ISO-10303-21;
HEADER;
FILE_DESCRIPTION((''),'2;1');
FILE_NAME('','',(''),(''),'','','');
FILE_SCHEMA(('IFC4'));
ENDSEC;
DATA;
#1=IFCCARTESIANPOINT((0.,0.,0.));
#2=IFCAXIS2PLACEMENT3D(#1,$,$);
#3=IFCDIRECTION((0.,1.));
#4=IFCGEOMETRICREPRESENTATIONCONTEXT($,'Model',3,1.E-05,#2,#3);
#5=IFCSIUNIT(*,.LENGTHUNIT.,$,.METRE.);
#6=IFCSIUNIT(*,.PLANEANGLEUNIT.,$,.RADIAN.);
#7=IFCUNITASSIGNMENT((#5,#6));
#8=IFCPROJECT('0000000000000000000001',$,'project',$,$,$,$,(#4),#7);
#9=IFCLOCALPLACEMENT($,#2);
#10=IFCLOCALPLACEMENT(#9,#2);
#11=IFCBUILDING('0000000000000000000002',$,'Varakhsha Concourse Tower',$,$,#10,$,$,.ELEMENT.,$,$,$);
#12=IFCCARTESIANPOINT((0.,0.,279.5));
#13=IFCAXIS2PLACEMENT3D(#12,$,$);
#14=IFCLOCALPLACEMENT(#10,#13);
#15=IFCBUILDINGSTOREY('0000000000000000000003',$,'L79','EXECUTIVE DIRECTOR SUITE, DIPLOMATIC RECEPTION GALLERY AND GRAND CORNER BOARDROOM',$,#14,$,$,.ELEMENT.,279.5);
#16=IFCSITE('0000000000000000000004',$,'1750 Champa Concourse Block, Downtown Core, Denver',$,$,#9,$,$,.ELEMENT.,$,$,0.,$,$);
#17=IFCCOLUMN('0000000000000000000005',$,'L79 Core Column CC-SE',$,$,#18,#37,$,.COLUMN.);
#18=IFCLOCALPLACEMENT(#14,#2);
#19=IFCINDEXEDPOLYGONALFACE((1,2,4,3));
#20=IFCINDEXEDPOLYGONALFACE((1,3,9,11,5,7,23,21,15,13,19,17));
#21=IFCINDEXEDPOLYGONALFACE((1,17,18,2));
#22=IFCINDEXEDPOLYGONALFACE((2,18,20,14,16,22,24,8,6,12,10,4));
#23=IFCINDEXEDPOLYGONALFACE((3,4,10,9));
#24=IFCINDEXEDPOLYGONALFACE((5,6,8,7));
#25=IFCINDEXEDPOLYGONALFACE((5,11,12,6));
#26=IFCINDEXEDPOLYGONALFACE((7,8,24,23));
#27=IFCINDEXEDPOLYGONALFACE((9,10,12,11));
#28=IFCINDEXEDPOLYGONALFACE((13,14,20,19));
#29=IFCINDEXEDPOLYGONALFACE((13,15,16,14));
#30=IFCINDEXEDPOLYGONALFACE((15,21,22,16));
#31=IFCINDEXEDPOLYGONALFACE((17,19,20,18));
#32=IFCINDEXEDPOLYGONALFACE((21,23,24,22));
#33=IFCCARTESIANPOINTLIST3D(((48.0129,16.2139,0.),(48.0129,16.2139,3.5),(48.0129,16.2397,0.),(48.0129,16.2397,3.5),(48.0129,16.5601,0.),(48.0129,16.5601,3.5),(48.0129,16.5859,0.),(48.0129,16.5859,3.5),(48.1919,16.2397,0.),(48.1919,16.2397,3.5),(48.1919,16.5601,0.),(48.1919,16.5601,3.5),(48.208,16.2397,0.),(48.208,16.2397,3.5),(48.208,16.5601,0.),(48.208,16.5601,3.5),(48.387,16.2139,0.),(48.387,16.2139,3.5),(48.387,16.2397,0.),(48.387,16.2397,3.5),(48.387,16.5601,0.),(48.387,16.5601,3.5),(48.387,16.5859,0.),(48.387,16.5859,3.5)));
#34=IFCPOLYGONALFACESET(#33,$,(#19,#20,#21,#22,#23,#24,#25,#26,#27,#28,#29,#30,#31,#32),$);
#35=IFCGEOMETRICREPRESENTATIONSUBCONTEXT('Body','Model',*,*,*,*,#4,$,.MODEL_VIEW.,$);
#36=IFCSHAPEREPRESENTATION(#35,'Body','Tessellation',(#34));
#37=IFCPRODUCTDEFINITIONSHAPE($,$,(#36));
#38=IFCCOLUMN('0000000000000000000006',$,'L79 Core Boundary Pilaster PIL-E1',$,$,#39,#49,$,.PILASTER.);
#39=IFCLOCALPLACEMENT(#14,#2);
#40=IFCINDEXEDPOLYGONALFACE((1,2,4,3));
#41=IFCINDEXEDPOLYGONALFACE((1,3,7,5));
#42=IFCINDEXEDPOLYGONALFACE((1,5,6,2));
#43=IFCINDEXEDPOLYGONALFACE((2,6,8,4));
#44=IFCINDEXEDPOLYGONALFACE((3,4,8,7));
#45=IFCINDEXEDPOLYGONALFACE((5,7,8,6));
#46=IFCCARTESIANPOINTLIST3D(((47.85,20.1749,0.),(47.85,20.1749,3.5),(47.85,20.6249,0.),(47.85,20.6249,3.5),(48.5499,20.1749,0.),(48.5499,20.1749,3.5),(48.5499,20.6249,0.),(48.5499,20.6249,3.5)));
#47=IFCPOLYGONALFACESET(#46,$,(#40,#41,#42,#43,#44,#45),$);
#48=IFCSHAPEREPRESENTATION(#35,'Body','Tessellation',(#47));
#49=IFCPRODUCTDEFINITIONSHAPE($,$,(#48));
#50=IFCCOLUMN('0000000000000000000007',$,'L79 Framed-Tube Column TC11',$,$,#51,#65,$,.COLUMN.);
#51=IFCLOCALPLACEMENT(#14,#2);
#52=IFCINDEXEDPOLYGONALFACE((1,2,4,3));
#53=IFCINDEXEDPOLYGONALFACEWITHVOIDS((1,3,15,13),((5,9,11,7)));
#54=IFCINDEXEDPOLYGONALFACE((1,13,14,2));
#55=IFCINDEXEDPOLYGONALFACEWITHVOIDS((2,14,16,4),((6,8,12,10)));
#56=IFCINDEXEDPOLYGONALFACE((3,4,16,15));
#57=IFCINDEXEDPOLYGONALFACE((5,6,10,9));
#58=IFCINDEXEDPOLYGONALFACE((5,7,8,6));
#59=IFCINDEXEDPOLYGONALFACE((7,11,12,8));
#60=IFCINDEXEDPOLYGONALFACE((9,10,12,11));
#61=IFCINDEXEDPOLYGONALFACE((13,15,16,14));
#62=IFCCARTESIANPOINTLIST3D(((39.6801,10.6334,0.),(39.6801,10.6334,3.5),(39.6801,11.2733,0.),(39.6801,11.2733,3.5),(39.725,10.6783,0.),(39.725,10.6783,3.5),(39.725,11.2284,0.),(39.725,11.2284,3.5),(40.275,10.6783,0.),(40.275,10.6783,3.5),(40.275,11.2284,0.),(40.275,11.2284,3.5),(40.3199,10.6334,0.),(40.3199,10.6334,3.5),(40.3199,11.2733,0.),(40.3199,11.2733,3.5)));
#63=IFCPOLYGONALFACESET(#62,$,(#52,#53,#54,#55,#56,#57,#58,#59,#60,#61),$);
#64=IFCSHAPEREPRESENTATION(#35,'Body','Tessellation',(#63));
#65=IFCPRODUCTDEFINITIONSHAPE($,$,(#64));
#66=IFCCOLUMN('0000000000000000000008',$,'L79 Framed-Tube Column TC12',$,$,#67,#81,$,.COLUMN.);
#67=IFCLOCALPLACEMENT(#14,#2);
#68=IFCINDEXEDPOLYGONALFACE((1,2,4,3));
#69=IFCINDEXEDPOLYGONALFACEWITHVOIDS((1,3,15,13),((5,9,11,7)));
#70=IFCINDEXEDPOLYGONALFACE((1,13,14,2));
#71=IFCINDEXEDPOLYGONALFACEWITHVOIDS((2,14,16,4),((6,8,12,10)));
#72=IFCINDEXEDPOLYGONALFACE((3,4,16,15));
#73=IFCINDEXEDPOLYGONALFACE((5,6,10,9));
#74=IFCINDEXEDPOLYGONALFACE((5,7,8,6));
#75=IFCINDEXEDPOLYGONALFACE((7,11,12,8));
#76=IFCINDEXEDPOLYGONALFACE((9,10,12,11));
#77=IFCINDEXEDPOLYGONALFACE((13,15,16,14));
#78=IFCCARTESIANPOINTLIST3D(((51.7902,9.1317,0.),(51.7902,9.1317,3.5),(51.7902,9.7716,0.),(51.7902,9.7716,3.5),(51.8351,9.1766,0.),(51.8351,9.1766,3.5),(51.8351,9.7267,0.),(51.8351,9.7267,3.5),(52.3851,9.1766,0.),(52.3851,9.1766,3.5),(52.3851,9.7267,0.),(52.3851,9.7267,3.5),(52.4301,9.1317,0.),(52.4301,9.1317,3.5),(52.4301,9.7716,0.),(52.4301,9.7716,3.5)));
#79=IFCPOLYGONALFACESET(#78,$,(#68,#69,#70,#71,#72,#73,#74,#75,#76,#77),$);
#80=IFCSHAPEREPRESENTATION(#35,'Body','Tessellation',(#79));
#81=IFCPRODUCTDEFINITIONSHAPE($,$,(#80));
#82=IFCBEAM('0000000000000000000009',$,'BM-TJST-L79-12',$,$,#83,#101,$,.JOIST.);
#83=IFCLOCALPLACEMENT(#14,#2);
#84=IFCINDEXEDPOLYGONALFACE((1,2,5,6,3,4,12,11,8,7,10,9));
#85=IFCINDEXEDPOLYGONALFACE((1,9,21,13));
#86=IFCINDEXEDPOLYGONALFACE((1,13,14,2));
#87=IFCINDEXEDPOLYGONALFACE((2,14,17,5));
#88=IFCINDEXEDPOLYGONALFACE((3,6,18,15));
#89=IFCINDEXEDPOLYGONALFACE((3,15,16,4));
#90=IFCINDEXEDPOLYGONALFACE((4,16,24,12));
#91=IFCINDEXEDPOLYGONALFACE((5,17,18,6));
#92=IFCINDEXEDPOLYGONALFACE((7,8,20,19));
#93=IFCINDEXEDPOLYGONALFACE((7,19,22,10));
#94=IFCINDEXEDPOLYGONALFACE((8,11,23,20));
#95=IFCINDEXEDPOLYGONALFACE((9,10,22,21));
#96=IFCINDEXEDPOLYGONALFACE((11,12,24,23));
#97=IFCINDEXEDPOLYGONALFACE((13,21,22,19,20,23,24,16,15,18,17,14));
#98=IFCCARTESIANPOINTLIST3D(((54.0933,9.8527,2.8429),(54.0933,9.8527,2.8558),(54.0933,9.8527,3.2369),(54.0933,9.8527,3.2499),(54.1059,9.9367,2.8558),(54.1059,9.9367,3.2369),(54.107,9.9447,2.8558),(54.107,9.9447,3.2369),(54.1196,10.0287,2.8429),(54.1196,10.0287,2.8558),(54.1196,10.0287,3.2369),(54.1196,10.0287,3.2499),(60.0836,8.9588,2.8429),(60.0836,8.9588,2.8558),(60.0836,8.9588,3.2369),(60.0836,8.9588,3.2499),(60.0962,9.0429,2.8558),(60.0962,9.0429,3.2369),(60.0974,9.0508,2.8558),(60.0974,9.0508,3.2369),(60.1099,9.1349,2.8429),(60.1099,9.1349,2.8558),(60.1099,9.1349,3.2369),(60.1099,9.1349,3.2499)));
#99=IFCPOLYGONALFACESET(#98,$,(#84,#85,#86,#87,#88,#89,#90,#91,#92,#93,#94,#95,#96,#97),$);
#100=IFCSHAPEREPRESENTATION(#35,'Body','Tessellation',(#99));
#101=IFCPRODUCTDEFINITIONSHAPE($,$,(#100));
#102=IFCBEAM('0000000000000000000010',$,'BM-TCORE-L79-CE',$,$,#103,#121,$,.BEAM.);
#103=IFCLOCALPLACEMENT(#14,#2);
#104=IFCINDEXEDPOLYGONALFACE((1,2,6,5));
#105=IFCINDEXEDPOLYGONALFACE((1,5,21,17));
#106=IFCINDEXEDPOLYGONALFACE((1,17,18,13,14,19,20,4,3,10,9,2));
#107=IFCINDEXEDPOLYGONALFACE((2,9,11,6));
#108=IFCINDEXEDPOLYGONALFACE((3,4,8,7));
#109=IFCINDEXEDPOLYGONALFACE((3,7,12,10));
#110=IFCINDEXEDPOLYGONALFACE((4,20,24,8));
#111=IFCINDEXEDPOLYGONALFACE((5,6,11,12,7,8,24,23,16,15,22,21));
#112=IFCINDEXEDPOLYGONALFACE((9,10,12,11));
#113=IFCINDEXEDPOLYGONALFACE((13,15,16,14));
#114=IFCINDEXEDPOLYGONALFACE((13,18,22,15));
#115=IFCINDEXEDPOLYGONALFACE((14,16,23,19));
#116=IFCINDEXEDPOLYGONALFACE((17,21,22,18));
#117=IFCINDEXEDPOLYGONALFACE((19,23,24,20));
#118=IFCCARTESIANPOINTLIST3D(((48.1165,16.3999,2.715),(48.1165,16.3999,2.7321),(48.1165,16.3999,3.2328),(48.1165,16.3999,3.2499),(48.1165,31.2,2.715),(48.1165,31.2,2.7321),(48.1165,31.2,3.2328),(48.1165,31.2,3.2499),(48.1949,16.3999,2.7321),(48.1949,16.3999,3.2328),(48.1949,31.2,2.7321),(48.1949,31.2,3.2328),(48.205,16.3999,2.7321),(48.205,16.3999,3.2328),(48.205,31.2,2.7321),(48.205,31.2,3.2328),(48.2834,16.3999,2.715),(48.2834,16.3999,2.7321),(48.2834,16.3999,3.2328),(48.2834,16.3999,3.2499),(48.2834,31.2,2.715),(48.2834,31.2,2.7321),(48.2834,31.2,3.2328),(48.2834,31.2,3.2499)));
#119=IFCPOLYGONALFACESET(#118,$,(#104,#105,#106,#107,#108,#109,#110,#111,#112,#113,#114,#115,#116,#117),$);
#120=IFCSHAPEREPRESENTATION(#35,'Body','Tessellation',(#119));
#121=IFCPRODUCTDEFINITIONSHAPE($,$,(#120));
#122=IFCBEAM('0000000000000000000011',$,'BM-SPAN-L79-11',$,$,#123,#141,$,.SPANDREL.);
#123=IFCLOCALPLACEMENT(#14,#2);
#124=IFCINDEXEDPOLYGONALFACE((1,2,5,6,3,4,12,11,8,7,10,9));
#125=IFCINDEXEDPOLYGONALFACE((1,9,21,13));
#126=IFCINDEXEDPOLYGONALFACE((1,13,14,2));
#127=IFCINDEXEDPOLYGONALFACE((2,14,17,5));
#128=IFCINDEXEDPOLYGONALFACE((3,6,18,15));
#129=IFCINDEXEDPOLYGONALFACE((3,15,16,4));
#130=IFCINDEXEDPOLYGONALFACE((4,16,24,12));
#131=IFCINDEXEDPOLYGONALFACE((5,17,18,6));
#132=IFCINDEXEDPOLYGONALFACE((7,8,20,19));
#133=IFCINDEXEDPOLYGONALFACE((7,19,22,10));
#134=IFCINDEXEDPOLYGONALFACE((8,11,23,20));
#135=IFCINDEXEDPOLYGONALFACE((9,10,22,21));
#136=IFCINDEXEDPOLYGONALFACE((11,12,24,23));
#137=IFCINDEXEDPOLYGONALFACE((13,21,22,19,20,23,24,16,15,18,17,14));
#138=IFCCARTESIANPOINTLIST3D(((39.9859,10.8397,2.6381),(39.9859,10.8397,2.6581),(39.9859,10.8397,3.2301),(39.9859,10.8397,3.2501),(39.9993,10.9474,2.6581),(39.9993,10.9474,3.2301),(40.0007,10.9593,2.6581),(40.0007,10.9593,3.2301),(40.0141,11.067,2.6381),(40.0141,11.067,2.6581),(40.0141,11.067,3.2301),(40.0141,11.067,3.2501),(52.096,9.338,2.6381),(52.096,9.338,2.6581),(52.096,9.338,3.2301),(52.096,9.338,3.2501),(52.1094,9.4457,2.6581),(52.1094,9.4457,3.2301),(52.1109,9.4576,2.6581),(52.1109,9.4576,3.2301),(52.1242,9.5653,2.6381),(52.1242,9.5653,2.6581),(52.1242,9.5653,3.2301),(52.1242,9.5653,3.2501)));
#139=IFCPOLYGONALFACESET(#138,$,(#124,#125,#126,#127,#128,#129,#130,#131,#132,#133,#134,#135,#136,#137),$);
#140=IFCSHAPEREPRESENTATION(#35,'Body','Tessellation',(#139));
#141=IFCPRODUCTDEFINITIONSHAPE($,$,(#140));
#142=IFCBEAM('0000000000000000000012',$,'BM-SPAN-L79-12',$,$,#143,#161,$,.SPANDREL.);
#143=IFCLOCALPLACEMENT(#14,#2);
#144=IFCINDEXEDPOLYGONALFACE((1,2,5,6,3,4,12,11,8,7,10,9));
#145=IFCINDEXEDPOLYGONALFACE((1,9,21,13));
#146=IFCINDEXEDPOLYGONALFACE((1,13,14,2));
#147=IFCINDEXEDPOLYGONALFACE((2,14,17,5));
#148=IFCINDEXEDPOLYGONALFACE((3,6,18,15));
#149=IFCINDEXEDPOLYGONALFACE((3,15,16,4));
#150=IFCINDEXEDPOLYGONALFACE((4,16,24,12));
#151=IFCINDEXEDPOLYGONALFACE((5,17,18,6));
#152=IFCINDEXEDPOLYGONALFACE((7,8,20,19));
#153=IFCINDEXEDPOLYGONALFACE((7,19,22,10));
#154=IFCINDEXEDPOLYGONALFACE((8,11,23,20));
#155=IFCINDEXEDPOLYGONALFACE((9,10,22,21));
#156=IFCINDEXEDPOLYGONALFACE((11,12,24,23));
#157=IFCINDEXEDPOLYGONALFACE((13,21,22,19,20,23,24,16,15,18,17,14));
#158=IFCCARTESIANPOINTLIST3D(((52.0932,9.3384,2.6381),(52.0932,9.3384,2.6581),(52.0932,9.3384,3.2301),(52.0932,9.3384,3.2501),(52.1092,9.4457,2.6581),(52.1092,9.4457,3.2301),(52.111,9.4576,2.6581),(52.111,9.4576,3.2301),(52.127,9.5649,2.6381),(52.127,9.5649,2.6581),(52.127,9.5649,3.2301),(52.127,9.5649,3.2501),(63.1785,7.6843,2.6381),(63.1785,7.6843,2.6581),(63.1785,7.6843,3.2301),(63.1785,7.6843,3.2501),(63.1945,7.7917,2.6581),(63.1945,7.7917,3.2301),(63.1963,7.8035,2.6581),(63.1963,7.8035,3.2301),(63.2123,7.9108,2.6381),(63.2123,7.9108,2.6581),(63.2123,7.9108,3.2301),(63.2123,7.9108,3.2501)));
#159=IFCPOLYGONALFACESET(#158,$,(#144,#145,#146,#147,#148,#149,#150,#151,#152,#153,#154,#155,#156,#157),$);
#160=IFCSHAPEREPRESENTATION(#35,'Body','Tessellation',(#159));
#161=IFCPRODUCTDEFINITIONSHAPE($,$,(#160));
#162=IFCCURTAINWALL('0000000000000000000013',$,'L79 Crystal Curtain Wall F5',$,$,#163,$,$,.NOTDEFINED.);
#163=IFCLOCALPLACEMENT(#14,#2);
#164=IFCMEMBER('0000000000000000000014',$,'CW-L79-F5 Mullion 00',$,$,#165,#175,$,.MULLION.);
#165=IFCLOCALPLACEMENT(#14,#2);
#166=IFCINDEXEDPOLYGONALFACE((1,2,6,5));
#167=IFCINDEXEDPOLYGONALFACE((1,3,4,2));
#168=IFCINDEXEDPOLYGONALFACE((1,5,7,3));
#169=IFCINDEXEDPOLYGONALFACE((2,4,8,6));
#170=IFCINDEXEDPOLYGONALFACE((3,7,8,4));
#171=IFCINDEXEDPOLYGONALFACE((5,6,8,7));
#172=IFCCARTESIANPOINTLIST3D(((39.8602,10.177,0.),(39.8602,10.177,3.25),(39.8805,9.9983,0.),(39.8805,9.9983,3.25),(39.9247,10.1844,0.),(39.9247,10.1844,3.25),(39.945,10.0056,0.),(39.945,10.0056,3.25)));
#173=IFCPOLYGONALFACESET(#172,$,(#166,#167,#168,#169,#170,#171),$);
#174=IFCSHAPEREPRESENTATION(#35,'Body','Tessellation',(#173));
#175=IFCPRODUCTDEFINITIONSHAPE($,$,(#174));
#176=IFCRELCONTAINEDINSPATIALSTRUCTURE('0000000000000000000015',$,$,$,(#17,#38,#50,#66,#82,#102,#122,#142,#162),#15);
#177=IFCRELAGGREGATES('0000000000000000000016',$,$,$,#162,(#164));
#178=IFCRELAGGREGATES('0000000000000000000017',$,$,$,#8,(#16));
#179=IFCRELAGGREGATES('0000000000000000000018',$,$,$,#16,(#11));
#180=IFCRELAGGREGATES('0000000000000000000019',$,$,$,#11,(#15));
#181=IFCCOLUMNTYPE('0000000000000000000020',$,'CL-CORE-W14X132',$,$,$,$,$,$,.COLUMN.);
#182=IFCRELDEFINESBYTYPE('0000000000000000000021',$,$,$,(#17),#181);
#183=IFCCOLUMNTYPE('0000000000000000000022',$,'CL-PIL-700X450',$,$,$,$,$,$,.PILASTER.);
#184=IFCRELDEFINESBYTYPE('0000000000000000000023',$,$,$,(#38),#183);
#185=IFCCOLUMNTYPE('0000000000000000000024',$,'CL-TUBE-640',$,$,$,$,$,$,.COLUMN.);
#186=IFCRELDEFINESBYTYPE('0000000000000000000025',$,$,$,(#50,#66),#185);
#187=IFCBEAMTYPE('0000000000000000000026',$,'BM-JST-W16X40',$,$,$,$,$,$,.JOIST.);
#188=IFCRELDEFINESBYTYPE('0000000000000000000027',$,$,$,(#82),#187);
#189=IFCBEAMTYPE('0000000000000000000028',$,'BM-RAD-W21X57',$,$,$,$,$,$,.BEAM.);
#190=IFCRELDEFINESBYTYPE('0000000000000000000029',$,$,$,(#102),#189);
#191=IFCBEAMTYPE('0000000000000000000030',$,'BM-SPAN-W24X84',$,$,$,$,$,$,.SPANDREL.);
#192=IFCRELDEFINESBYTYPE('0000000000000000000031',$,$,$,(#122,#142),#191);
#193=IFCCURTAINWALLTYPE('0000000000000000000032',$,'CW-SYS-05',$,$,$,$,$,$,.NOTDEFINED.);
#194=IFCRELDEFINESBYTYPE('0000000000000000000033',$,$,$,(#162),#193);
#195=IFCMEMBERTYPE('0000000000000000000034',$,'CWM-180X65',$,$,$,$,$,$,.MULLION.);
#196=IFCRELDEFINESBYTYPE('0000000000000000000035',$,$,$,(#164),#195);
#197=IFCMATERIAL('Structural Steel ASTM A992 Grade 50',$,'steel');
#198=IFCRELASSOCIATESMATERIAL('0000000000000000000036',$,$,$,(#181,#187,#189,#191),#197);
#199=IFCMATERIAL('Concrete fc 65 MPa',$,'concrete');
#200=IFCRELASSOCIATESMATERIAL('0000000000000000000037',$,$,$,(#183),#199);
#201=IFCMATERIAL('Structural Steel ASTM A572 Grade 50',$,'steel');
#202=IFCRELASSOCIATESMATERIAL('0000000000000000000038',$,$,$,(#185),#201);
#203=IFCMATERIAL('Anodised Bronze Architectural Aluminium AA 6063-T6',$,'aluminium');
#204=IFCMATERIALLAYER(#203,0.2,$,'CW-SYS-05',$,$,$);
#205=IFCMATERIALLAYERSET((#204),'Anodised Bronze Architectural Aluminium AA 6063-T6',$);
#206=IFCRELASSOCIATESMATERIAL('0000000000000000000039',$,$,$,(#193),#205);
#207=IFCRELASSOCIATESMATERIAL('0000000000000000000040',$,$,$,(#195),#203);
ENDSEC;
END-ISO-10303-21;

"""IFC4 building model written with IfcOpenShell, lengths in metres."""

from ifc_helpers import new_model, si_unit, direction, frame, origin, origin_2d, place, context, subcontext, project, spatial, rectangle, hollow_rectangle, i_section, extrude, source, transform, mapped, material, layer, layer_set, material_profile, profile_set, type_object, type_shapes, element, aggregate, save


model = new_model("IFC4")

# Units and contexts
model_context = context("Model", 3, precision=1e-05, world=origin(), true_north=direction((0.0, 1.0)))
body_context = subcontext(model_context, "Body", "Model", "MODEL_VIEW")
ifc_project = project(units=[si_unit("LENGTHUNIT", "METRE"), si_unit("PLANEANGLEUNIT", "RADIAN")], contexts=[model_context])

# Site, building, storey
site_placement = place(None, origin())
site = spatial("IfcSite", under=ifc_project, at=site_placement, Name="1750 Champa Concourse Block, Downtown Core, Denver", CompositionType="ELEMENT", RefElevation=0.0)
building_placement = place(site_placement, origin())
building = spatial("IfcBuilding", under=site, at=building_placement, Name="Varakhsha Concourse Tower", CompositionType="ELEMENT")
storey_placement = place(building_placement, frame((0.0, 0.0, 279.5)))
storey = spatial("IfcBuildingStorey", under=building, at=storey_placement, Name="L79", Description="EXECUTIVE DIRECTOR SUITE, DIPLOMATIC RECEPTION GALLERY AND GRAND CORNER BOARDROOM", CompositionType="ELEMENT", Elevation=279.5)

# Columns
ifc_material_1 = material(Name="Structural Steel ASTM A992 Grade 50", Category="steel")
ifc_material_profile_1 = material_profile(ifc_material_1, i_section(OverallWidth=0.374, OverallDepth=0.3721, WebThickness=0.0161, FlangeThickness=0.0259, at=origin_2d()), Name="W14X132")
ifc_profile_set_1 = profile_set([ifc_material_profile_1], Name="Structural Steel ASTM A992 Grade 50")
column_type_1 = type_object("IfcColumnType", Name="CL-CORE-W14X132", PredefinedType="COLUMN", material=ifc_profile_set_1)
column_1_placement = place(storey_placement, frame((48.2, 16.3999, 0.0), z_axis=(0.0, 0.0, 1.0), x_axis=(1.0, 0.0, 0.0)))
element("IfcColumn", 1, at=column_1_placement, inside=storey, type_object=column_type_1, Name="L79 Core Column CC-SE", PredefinedType="COLUMN", context=body_context, shape_type="SweptSolid", body=[
    extrude(i_section(OverallWidth=0.374, OverallDepth=0.3721, WebThickness=0.0161, FlangeThickness=0.0259, at=origin_2d()), origin(), (0.0, 0.0, 1.0), 3.5),
])
ifc_material_2 = material(Name="Concrete fc 65 MPa", Category="concrete")
ifc_material_profile_2 = material_profile(ifc_material_2, rectangle(XDim=0.7, YDim=0.45, at=origin_2d()), Name="RC 700x450")
ifc_profile_set_2 = profile_set([ifc_material_profile_2], Name="Concrete fc 65 MPa")
column_type_2 = type_object("IfcColumnType", Name="CL-PIL-700X450", PredefinedType="PILASTER", material=ifc_profile_set_2)
column_2_placement = place(storey_placement, frame((48.2, 20.3999, 0.0), z_axis=(0.0, 0.0, 1.0), x_axis=(1.0, 0.0, 0.0)))
element("IfcColumn", 2, at=column_2_placement, inside=storey, type_object=column_type_2, Name="L79 Core Boundary Pilaster PIL-E1", PredefinedType="PILASTER", context=body_context, shape_type="SweptSolid", body=[
    extrude(rectangle(XDim=0.7, YDim=0.45, at=origin_2d()), origin(), (0.0, 0.0, 1.0), 3.5),
])
ifc_material_3 = material(Name="Structural Steel ASTM A572 Grade 50", Category="steel")
ifc_material_profile_3 = material_profile(ifc_material_3, hollow_rectangle(XDim=0.6399, YDim=0.6399, WallThickness=0.0449, at=origin_2d()), Name="BOX 640x640x45")
ifc_profile_set_3 = profile_set([ifc_material_profile_3], Name="Structural Steel ASTM A572 Grade 50")
column_type_3 = type_object("IfcColumnType", Name="CL-TUBE-640", PredefinedType="COLUMN", material=ifc_profile_set_3)
for number, where, z_axis, x_axis, name in (
    (3, (40.0, 10.9534, 0.0), (0.0, 0.0, 1.0), (1.0, 0.0, 0.0), "L79 Framed-Tube Column TC11"),
    (4, (52.1101, 9.4517, 0.0), (0.0, 0.0, 1.0), (1.0, 0.0, 0.0), "L79 Framed-Tube Column TC12"),
):
    element("IfcColumn", number, at=place(storey_placement, frame(where, z_axis=z_axis, x_axis=x_axis)), inside=storey, type_object=column_type_3, Name=name, PredefinedType="COLUMN", context=body_context, shape_type="SweptSolid", body=[
        extrude(hollow_rectangle(XDim=0.6399, YDim=0.6399, WallThickness=0.0449, at=origin_2d()), origin(), (0.0, 0.0, 1.0), 3.5),
    ])

# Beams
ifc_material_profile_4 = material_profile(ifc_material_1, i_section(OverallWidth=0.178, OverallDepth=0.407, WebThickness=0.0081, FlangeThickness=0.0129, at=origin_2d()), Name="W16X40")
ifc_profile_set_4 = profile_set([ifc_material_profile_4], Name="Structural Steel ASTM A992 Grade 50")
beam_type_1 = type_object("IfcBeamType", Name="BM-JST-W16X40", PredefinedType="JOIST", material=ifc_profile_set_4)
beam_1_placement = place(storey_placement, frame((54.1064, 9.9407, 3.0464), z_axis=(0.989051, -0.147576, 0.0), x_axis=(0.147576, 0.989051, 0.0)))
element("IfcBeam", 5, at=beam_1_placement, inside=storey, type_object=beam_type_1, Name="BM-TJST-L79-12", PredefinedType="JOIST", context=body_context, shape_type="SweptSolid", body=[
    extrude(i_section(OverallWidth=0.178, OverallDepth=0.407, WebThickness=0.0081, FlangeThickness=0.0129, at=origin_2d()), origin(), (0.0, 0.0, 1.0), 6.0566),
])
ifc_material_profile_5 = material_profile(ifc_material_1, i_section(OverallWidth=0.167, OverallDepth=0.5349, WebThickness=0.01, FlangeThickness=0.0171, at=origin_2d()), Name="W21X57")
ifc_profile_set_5 = profile_set([ifc_material_profile_5], Name="Structural Steel ASTM A992 Grade 50")
beam_type_2 = type_object("IfcBeamType", Name="BM-RAD-W21X57", PredefinedType="BEAM", material=ifc_profile_set_5)
beam_2_placement = place(storey_placement, frame((48.2, 16.3999, 2.9824), z_axis=(0.0, 1.0, 0.0), x_axis=(-1.0, 0.0, 0.0)))
element("IfcBeam", 6, at=beam_2_placement, inside=storey, type_object=beam_type_2, Name="BM-TCORE-L79-CE", PredefinedType="BEAM", context=body_context, shape_type="SweptSolid", body=[
    extrude(i_section(OverallWidth=0.167, OverallDepth=0.5349, WebThickness=0.01, FlangeThickness=0.0171, at=origin_2d()), origin(), (0.0, 0.0, 1.0), 14.8),
])
ifc_material_profile_6 = material_profile(ifc_material_1, i_section(OverallWidth=0.229, OverallDepth=0.6121, WebThickness=0.012, FlangeThickness=0.02, at=origin_2d()), Name="W24X84")
ifc_profile_set_6 = profile_set([ifc_material_profile_6], Name="Structural Steel ASTM A992 Grade 50")
beam_type_3 = type_object("IfcBeamType", Name="BM-SPAN-W24X84", PredefinedType="SPANDREL", material=ifc_profile_set_6)
beam_3_placement = place(storey_placement, frame((40.0, 10.9534, 2.9441), z_axis=(0.992399, -0.123062, 0.0), x_axis=(0.123062, 0.992399, 0.0)))
element("IfcBeam", 7, at=beam_3_placement, inside=storey, type_object=beam_type_3, Name="BM-SPAN-L79-11", PredefinedType="SPANDREL", context=body_context, shape_type="SweptSolid", body=[
    extrude(i_section(OverallWidth=0.229, OverallDepth=0.6121, WebThickness=0.012, FlangeThickness=0.02, at=origin_2d()), origin(), (0.0, 0.0, 1.0), 12.2029),
])
beam_4_placement = place(storey_placement, frame((52.1101, 9.4517, 2.9441), z_axis=(0.98905, -0.147579, 0.0), x_axis=(0.147579, 0.98905, 0.0)))
element("IfcBeam", 8, at=beam_4_placement, inside=storey, type_object=beam_type_3, Name="BM-SPAN-L79-12", PredefinedType="SPANDREL", context=body_context, shape_type="SweptSolid", body=[
    extrude(i_section(OverallWidth=0.229, OverallDepth=0.6121, WebThickness=0.012, FlangeThickness=0.02, at=origin_2d()), origin(), (0.0, 0.0, 1.0), 11.208),
])

# Curtain wall, member
ifc_material_4 = material(Name="Anodised Bronze Architectural Aluminium AA 6063-T6", Category="aluminium")
ifc_layer_1 = layer(ifc_material_4, 0.2, Name="CW-SYS-05")
ifc_layer_set_1 = layer_set([ifc_layer_1], Name="Anodised Bronze Architectural Aluminium AA 6063-T6")
curtain_wall_type = type_object("IfcCurtainWallType", Name="CW-SYS-05", PredefinedType="NOTDEFINED", material=ifc_layer_set_1)
curtain_wall_1_placement = place(storey_placement, origin())
curtain_wall_1 = element("IfcCurtainWall", 9, at=curtain_wall_1_placement, inside=storey, type_object=curtain_wall_type, Name="L79 Crystal Curtain Wall F5", PredefinedType="NOTDEFINED")
ifc_material_profile_7 = material_profile(ifc_material_4, rectangle(XDim=0.0649, YDim=0.1799, at=origin_2d()), Name="CWM-180X65")
ifc_profile_set_7 = profile_set([ifc_material_profile_7], Name="Anodised Bronze Architectural Aluminium AA 6063-T6")
member_type_1 = type_object("IfcMemberType", Name="CWM-180X65", PredefinedType="MULLION", material=ifc_profile_set_7)
shared_shape_1 = source(origin(), body_context, "Body", "SweptSolid", [
    extrude(rectangle(XDim=0.0649, YDim=0.1799, at=origin_2d()), origin(), (0.0, 0.0, 1.0), 3.25),
])
type_shapes(member_type_1, [shared_shape_1])
member_1_placement = place(storey_placement, frame((39.9026, 10.0913, 0.0), z_axis=(0.0, 0.0, 1.0), x_axis=(-0.993613, -0.112844, 0.0)))
member_1 = element("IfcMember", 10, at=member_1_placement, type_object=member_type_1, Name="CW-L79-F5 Mullion 00", PredefinedType="MULLION", context=body_context, shape_type="MappedRepresentation", body=[
    mapped(shared_shape_1, transform((0.0, 0.0, 0.0), scale=1.0)),
])

aggregate(curtain_wall_1, [member_1])

save(model, "model.ifc")
